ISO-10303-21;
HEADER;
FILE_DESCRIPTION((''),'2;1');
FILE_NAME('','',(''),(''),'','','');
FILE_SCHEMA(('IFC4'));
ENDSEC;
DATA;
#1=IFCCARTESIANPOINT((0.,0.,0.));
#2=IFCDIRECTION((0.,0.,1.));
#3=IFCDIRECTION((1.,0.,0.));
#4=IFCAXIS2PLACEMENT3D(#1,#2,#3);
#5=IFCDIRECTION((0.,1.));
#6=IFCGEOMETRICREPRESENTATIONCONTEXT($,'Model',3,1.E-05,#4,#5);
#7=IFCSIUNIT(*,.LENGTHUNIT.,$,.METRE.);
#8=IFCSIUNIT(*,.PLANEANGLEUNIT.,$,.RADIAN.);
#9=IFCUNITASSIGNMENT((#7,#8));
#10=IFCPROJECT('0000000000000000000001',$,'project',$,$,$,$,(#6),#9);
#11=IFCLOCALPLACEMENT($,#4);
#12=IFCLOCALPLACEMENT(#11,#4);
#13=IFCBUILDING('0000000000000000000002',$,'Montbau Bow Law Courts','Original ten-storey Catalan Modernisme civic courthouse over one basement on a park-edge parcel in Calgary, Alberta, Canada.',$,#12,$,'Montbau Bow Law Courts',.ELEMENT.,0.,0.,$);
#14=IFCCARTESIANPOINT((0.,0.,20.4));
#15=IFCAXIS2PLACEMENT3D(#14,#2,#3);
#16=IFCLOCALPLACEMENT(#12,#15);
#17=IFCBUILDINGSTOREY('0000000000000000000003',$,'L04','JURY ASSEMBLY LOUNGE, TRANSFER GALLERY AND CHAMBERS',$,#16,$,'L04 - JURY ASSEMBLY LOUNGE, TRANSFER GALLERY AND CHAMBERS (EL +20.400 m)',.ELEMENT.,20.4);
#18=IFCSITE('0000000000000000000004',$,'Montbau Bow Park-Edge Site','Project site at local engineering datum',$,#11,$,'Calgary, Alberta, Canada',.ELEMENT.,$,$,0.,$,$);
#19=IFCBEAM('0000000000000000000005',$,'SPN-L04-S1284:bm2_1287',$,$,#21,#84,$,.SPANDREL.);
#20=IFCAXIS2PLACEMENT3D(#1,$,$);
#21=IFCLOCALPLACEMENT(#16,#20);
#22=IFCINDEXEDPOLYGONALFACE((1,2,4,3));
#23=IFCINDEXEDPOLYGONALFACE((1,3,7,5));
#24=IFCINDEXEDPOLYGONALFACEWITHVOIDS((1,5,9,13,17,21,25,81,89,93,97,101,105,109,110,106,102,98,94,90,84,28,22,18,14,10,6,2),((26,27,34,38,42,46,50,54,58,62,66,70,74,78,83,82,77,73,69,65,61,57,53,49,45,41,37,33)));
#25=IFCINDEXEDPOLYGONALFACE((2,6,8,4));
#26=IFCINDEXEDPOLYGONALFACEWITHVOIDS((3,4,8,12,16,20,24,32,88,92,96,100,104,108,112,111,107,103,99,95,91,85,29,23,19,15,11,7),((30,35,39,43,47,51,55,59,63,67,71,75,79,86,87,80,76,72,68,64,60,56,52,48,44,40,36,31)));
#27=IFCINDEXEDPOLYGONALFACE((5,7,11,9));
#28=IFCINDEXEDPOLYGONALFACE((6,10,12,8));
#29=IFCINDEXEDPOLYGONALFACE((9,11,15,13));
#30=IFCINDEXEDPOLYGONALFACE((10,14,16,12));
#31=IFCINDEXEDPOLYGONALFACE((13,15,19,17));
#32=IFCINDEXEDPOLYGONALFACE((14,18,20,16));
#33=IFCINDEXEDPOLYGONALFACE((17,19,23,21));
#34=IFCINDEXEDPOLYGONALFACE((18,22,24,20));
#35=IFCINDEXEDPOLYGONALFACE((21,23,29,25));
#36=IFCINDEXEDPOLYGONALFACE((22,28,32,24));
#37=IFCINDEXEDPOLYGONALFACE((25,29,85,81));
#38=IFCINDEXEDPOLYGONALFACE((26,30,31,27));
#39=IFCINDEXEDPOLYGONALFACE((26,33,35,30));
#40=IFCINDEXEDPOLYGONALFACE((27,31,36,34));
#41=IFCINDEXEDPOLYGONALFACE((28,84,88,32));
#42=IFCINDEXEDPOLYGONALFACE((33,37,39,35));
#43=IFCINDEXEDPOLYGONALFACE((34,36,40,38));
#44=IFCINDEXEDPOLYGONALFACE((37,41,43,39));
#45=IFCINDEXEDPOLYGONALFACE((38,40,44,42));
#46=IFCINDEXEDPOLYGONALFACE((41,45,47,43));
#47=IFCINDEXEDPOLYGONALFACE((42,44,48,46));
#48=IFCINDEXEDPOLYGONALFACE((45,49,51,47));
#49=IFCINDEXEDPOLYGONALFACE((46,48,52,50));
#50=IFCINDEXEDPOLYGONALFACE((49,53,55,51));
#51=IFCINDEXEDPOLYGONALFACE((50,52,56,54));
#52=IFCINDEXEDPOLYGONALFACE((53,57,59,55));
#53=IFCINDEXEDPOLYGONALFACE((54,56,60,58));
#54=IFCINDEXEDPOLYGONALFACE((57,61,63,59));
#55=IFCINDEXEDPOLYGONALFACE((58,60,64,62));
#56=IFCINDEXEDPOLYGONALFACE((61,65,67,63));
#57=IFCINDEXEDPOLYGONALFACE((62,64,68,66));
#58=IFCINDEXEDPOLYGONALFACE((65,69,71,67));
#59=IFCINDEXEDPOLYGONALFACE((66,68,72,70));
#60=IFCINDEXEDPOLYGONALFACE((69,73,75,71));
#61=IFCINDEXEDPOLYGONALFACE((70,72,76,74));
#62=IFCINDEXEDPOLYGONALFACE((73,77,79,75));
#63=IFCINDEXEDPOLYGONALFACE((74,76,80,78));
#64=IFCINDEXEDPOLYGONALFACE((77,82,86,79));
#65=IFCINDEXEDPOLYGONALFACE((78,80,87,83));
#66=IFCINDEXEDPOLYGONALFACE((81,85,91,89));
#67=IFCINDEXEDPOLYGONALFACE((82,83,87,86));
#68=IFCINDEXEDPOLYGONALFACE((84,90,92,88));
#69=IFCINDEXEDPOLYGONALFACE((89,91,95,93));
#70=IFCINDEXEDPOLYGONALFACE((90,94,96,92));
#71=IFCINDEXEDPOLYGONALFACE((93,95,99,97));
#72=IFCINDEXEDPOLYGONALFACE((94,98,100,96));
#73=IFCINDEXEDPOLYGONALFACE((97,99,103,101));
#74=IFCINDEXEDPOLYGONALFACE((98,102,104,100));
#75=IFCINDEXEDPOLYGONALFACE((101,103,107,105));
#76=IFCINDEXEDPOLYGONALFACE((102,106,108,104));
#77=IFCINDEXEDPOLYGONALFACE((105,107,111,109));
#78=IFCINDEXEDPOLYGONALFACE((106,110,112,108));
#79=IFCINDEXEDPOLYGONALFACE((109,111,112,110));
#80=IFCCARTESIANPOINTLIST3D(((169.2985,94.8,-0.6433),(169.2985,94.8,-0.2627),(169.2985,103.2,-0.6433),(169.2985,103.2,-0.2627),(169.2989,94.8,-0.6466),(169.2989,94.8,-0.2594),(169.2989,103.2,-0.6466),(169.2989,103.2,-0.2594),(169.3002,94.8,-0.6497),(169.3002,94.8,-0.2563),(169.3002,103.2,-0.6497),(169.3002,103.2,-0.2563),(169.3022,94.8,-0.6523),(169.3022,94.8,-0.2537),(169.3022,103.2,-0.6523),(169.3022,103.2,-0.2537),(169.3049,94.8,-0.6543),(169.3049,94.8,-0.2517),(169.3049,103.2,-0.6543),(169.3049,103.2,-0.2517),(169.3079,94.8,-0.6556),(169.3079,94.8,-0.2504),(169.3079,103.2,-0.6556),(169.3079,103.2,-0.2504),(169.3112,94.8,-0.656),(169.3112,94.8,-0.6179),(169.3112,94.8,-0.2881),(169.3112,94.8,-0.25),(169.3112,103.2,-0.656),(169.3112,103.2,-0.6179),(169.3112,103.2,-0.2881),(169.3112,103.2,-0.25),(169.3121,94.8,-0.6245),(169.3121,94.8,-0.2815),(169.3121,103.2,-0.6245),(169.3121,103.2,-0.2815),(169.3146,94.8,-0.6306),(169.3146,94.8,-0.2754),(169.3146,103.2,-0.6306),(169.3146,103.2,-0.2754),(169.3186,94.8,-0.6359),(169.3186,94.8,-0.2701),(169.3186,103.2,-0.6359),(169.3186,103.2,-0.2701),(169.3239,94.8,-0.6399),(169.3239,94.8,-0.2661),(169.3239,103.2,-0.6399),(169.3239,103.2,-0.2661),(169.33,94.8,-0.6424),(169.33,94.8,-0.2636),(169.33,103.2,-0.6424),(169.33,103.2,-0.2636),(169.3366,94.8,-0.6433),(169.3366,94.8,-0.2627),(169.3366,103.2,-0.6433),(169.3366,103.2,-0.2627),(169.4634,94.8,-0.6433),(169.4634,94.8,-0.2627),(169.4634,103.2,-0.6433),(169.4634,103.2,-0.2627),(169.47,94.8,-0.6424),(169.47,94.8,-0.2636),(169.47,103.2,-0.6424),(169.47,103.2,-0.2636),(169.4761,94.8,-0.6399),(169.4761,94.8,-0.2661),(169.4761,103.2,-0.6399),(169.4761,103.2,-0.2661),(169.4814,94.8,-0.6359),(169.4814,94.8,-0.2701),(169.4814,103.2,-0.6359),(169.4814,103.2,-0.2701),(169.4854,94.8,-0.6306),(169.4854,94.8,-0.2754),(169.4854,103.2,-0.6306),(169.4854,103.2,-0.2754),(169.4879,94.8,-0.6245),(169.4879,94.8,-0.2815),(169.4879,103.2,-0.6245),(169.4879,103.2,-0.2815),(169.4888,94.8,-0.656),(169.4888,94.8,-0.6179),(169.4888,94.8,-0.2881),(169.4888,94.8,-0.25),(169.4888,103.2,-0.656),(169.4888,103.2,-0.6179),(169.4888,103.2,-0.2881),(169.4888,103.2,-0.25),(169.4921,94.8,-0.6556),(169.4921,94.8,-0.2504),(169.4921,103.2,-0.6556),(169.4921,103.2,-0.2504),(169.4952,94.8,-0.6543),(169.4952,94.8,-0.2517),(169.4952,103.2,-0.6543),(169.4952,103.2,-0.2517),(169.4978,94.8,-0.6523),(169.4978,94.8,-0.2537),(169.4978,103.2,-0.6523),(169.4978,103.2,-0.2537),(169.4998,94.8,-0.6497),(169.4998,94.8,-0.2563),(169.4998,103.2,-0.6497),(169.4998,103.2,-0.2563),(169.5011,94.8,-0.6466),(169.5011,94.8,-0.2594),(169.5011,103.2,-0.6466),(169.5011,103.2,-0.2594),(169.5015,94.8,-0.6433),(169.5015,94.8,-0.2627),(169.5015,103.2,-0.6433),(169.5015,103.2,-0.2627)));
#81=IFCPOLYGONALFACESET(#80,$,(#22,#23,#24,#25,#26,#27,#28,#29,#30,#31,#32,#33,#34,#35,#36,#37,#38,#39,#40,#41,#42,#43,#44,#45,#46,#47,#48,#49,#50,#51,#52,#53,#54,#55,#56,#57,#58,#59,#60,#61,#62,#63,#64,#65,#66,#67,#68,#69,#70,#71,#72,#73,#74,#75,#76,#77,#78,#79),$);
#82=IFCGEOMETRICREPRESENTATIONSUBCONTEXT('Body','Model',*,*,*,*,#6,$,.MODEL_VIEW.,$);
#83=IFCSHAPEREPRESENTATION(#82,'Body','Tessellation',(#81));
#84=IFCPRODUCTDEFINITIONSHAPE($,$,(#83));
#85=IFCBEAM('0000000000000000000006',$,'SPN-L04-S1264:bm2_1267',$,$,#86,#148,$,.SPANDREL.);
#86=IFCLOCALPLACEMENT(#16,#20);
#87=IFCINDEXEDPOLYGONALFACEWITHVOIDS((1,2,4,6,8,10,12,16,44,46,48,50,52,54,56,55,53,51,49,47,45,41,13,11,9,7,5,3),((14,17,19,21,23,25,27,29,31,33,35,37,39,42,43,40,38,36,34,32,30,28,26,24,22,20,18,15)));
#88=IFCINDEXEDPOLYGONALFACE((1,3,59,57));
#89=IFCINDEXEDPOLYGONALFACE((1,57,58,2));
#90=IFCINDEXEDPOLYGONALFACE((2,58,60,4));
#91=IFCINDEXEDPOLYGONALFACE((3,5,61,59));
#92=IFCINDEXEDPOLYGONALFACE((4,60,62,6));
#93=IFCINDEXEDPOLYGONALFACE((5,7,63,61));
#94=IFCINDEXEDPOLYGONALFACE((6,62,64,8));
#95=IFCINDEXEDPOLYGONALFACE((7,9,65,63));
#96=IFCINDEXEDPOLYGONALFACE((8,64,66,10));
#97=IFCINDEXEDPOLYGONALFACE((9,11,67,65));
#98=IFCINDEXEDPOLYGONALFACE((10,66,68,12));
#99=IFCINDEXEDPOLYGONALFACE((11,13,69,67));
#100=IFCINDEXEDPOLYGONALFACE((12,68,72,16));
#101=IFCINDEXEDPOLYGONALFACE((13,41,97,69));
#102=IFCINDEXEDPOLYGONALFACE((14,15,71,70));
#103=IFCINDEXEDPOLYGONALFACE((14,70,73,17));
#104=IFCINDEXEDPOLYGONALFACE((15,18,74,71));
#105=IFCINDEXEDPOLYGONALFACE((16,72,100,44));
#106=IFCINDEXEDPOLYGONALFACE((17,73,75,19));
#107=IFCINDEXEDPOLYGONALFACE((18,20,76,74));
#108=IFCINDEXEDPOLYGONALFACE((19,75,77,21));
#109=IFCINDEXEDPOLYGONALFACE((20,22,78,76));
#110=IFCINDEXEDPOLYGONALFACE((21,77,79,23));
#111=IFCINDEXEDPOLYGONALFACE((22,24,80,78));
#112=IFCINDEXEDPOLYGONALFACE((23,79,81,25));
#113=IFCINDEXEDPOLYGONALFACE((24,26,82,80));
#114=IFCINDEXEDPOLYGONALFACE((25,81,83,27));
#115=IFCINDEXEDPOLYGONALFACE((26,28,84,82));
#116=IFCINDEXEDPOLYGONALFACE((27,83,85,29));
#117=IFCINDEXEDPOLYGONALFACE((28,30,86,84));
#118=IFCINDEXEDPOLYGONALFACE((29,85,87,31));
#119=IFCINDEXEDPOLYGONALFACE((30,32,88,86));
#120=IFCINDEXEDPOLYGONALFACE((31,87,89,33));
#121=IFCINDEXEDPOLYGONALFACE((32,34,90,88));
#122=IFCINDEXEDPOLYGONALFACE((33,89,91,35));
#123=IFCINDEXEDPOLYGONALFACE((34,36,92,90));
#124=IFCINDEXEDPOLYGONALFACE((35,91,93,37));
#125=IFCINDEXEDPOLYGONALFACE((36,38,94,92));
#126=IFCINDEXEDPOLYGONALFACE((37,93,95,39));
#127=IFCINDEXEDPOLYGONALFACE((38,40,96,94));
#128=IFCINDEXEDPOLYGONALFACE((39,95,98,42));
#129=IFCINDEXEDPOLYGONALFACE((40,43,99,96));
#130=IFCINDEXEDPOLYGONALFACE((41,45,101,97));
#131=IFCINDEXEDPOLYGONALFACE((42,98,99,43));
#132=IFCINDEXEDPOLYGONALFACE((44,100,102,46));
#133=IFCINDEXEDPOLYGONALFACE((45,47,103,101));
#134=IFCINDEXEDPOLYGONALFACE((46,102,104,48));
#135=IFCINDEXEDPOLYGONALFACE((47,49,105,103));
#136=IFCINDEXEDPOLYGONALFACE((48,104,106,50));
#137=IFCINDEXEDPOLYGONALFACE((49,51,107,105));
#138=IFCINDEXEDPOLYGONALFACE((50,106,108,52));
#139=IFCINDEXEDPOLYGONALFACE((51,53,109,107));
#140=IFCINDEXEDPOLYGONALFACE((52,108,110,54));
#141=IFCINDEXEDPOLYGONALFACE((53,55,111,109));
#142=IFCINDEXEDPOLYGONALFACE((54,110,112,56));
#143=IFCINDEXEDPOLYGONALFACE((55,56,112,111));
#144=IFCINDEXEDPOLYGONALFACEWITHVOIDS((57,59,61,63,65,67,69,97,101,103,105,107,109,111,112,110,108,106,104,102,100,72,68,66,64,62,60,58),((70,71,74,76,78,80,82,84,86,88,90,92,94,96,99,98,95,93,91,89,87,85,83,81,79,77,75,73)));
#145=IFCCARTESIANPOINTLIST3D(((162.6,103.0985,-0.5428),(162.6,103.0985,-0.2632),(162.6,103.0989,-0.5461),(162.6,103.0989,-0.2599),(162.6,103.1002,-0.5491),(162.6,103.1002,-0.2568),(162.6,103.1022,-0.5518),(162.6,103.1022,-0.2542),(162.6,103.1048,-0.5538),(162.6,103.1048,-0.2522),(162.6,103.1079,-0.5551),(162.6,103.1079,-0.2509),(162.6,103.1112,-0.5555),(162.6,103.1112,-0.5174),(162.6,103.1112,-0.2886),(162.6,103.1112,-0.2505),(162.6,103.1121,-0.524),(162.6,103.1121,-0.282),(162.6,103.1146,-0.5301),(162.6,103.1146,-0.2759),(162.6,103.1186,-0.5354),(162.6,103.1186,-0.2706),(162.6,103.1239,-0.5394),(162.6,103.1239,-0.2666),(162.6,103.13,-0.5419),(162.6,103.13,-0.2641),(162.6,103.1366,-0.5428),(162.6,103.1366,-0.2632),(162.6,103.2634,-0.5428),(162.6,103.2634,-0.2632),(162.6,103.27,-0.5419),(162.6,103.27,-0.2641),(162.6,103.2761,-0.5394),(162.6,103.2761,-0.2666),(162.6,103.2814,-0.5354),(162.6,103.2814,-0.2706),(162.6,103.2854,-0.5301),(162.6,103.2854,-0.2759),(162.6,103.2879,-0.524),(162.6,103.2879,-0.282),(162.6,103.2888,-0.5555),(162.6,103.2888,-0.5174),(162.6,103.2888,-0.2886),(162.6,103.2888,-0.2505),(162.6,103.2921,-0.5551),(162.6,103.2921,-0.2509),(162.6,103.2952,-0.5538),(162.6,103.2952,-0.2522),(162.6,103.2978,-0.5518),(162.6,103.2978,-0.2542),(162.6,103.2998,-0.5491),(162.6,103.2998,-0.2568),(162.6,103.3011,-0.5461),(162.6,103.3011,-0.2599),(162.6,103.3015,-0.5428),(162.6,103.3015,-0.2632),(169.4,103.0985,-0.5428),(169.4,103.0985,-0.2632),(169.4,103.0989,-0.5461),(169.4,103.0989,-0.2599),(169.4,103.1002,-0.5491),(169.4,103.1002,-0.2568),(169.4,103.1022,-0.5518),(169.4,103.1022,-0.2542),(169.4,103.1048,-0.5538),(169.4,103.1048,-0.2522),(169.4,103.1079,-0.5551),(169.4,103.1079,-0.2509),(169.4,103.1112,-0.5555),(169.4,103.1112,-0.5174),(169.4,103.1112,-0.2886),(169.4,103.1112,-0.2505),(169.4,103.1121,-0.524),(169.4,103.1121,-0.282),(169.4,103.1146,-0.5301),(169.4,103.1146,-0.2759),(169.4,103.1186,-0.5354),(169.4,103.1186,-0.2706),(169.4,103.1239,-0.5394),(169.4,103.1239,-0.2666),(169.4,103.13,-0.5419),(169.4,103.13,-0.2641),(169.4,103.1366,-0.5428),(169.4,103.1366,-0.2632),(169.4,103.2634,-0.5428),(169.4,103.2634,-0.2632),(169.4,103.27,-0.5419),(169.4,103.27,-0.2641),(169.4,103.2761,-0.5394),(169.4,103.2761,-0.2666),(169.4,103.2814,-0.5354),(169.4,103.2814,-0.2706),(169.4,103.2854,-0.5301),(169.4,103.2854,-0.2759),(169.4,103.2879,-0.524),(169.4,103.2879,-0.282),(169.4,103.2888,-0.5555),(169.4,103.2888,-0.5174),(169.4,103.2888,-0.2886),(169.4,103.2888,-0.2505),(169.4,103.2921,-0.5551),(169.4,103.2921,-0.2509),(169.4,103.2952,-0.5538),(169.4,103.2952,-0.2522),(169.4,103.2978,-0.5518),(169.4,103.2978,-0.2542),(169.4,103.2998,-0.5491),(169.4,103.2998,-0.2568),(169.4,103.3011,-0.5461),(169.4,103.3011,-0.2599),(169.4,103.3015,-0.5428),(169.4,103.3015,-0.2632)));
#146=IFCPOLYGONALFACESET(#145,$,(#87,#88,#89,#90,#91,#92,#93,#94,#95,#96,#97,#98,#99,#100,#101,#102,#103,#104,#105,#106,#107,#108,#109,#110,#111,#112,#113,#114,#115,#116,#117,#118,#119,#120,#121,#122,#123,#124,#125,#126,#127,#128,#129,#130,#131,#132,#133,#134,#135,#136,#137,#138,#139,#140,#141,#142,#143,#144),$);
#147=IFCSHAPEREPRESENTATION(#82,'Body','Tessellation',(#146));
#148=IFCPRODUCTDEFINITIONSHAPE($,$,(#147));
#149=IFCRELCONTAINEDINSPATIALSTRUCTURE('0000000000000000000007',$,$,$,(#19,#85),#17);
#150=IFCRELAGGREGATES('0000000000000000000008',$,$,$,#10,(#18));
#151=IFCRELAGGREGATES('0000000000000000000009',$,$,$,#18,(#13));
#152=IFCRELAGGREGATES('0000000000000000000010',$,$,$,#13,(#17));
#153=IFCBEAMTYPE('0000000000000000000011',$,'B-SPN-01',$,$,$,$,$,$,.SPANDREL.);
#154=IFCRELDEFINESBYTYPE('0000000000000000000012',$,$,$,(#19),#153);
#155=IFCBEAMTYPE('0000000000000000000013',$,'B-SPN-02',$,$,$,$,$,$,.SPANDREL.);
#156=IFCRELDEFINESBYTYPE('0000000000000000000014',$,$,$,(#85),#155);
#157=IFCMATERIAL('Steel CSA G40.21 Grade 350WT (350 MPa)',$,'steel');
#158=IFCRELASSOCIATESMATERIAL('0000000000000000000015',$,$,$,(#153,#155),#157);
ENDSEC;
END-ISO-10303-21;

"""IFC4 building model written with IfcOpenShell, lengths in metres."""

from ifc_helpers import new_model, si_unit, direction, frame, origin_with_axes, origin_2d_with_axis, place, context, subcontext, project, spatial, hollow_rectangle, extrude, material, material_profile, profile_set, type_object, element, save


model = new_model("IFC4")

# Units and contexts
model_context = context("Model", 3, precision=1e-05, world=origin_with_axes(), true_north=direction((0.0, 1.0)))
body_context = subcontext(model_context, "Body", "Model", "MODEL_VIEW")
ifc_project = project(units=[si_unit("LENGTHUNIT", "METRE"), si_unit("PLANEANGLEUNIT", "RADIAN")], contexts=[model_context])

# Site, building, storey
site_placement = place(None, origin_with_axes())
site = spatial("IfcSite", under=ifc_project, at=site_placement, Name="Montbau Bow Park-Edge Site", Description="Project site at local engineering datum", LongName="Calgary, Alberta, Canada", CompositionType="ELEMENT", RefElevation=0.0)
building_placement = place(site_placement, origin_with_axes())
building = spatial("IfcBuilding", under=site, at=building_placement, Name="Montbau Bow Law Courts", Description="Original ten-storey Catalan Modernisme civic courthouse over one basement on a park-edge parcel in Calgary, Alberta, Canada.", LongName="Montbau Bow Law Courts", CompositionType="ELEMENT", ElevationOfRefHeight=0.0, ElevationOfTerrain=0.0)
storey_placement = place(building_placement, frame((0.0, 0.0, 20.4), z_axis=(0.0, 0.0, 1.0), x_axis=(1.0, 0.0, 0.0)))
storey = spatial("IfcBuildingStorey", under=building, at=storey_placement, Name="L04", Description="JURY ASSEMBLY LOUNGE, TRANSFER GALLERY AND CHAMBERS", LongName="L04 - JURY ASSEMBLY LOUNGE, TRANSFER GALLERY AND CHAMBERS (EL +20.400 m)", CompositionType="ELEMENT", Elevation=20.4)

# Shared definitions
ifc_material_1 = material(Name="Steel CSA G40.21 Grade 350WT (350 MPa)", Category="steel")

# Beams
ifc_material_profile_1 = material_profile(ifc_material_1, hollow_rectangle(XDim=0.203, YDim=0.406, WallThickness=0.0127, InnerFilletRadius=0.0254, OuterFilletRadius=0.0127, at=origin_2d_with_axis()), Name="HSS406X203X13", Category="Main", Priority=0)
ifc_profile_set_1 = profile_set([ifc_material_profile_1], Name="Steel CSA G40.21 Grade 350WT (350 MPa)")
beam_type_1 = type_object("IfcBeamType", Name="B-SPN-01", PredefinedType="SPANDREL", material=ifc_profile_set_1)
beam_1_placement = place(None, frame((169.4, 94.8, 19.947), z_axis=(0.0, 1.0, 0.0), x_axis=(-1.0, 0.0, 0.0)))
element("IfcBeam", 1, at=beam_1_placement, inside=storey, type_object=beam_type_1, Name="SPN-L04-S1284:bm2_1287", PredefinedType="SPANDREL", context=body_context, shape_type="SweptSolid", body=[
    extrude(hollow_rectangle(XDim=0.203, YDim=0.406, WallThickness=0.0127, InnerFilletRadius=0.0254, OuterFilletRadius=0.0127, at=origin_2d_with_axis()), origin_with_axes(), (0.0, 0.0, 1.0), 8.4),
])
ifc_material_profile_2 = material_profile(ifc_material_1, hollow_rectangle(XDim=0.203, YDim=0.305, WallThickness=0.0127, InnerFilletRadius=0.0254, OuterFilletRadius=0.0127, at=origin_2d_with_axis()), Name="HSS305X203X13", Category="Main", Priority=0)
ifc_profile_set_2 = profile_set([ifc_material_profile_2], Name="Steel CSA G40.21 Grade 350WT (350 MPa)")
beam_type_2 = type_object("IfcBeamType", Name="B-SPN-02", PredefinedType="SPANDREL", material=ifc_profile_set_2)
beam_2_placement = place(None, frame((162.6, 103.2, 19.997), z_axis=(1.0, 0.0, 0.0), x_axis=(0.0, 1.0, 0.0)))
element("IfcBeam", 2, at=beam_2_placement, inside=storey, type_object=beam_type_2, Name="SPN-L04-S1264:bm2_1267", PredefinedType="SPANDREL", context=body_context, shape_type="SweptSolid", body=[
    extrude(hollow_rectangle(XDim=0.203, YDim=0.305, WallThickness=0.0127, InnerFilletRadius=0.0254, OuterFilletRadius=0.0127, at=origin_2d_with_axis()), origin_with_axes(), (0.0, 0.0, 1.0), 6.8),
])

save(model, "model.ifc")
